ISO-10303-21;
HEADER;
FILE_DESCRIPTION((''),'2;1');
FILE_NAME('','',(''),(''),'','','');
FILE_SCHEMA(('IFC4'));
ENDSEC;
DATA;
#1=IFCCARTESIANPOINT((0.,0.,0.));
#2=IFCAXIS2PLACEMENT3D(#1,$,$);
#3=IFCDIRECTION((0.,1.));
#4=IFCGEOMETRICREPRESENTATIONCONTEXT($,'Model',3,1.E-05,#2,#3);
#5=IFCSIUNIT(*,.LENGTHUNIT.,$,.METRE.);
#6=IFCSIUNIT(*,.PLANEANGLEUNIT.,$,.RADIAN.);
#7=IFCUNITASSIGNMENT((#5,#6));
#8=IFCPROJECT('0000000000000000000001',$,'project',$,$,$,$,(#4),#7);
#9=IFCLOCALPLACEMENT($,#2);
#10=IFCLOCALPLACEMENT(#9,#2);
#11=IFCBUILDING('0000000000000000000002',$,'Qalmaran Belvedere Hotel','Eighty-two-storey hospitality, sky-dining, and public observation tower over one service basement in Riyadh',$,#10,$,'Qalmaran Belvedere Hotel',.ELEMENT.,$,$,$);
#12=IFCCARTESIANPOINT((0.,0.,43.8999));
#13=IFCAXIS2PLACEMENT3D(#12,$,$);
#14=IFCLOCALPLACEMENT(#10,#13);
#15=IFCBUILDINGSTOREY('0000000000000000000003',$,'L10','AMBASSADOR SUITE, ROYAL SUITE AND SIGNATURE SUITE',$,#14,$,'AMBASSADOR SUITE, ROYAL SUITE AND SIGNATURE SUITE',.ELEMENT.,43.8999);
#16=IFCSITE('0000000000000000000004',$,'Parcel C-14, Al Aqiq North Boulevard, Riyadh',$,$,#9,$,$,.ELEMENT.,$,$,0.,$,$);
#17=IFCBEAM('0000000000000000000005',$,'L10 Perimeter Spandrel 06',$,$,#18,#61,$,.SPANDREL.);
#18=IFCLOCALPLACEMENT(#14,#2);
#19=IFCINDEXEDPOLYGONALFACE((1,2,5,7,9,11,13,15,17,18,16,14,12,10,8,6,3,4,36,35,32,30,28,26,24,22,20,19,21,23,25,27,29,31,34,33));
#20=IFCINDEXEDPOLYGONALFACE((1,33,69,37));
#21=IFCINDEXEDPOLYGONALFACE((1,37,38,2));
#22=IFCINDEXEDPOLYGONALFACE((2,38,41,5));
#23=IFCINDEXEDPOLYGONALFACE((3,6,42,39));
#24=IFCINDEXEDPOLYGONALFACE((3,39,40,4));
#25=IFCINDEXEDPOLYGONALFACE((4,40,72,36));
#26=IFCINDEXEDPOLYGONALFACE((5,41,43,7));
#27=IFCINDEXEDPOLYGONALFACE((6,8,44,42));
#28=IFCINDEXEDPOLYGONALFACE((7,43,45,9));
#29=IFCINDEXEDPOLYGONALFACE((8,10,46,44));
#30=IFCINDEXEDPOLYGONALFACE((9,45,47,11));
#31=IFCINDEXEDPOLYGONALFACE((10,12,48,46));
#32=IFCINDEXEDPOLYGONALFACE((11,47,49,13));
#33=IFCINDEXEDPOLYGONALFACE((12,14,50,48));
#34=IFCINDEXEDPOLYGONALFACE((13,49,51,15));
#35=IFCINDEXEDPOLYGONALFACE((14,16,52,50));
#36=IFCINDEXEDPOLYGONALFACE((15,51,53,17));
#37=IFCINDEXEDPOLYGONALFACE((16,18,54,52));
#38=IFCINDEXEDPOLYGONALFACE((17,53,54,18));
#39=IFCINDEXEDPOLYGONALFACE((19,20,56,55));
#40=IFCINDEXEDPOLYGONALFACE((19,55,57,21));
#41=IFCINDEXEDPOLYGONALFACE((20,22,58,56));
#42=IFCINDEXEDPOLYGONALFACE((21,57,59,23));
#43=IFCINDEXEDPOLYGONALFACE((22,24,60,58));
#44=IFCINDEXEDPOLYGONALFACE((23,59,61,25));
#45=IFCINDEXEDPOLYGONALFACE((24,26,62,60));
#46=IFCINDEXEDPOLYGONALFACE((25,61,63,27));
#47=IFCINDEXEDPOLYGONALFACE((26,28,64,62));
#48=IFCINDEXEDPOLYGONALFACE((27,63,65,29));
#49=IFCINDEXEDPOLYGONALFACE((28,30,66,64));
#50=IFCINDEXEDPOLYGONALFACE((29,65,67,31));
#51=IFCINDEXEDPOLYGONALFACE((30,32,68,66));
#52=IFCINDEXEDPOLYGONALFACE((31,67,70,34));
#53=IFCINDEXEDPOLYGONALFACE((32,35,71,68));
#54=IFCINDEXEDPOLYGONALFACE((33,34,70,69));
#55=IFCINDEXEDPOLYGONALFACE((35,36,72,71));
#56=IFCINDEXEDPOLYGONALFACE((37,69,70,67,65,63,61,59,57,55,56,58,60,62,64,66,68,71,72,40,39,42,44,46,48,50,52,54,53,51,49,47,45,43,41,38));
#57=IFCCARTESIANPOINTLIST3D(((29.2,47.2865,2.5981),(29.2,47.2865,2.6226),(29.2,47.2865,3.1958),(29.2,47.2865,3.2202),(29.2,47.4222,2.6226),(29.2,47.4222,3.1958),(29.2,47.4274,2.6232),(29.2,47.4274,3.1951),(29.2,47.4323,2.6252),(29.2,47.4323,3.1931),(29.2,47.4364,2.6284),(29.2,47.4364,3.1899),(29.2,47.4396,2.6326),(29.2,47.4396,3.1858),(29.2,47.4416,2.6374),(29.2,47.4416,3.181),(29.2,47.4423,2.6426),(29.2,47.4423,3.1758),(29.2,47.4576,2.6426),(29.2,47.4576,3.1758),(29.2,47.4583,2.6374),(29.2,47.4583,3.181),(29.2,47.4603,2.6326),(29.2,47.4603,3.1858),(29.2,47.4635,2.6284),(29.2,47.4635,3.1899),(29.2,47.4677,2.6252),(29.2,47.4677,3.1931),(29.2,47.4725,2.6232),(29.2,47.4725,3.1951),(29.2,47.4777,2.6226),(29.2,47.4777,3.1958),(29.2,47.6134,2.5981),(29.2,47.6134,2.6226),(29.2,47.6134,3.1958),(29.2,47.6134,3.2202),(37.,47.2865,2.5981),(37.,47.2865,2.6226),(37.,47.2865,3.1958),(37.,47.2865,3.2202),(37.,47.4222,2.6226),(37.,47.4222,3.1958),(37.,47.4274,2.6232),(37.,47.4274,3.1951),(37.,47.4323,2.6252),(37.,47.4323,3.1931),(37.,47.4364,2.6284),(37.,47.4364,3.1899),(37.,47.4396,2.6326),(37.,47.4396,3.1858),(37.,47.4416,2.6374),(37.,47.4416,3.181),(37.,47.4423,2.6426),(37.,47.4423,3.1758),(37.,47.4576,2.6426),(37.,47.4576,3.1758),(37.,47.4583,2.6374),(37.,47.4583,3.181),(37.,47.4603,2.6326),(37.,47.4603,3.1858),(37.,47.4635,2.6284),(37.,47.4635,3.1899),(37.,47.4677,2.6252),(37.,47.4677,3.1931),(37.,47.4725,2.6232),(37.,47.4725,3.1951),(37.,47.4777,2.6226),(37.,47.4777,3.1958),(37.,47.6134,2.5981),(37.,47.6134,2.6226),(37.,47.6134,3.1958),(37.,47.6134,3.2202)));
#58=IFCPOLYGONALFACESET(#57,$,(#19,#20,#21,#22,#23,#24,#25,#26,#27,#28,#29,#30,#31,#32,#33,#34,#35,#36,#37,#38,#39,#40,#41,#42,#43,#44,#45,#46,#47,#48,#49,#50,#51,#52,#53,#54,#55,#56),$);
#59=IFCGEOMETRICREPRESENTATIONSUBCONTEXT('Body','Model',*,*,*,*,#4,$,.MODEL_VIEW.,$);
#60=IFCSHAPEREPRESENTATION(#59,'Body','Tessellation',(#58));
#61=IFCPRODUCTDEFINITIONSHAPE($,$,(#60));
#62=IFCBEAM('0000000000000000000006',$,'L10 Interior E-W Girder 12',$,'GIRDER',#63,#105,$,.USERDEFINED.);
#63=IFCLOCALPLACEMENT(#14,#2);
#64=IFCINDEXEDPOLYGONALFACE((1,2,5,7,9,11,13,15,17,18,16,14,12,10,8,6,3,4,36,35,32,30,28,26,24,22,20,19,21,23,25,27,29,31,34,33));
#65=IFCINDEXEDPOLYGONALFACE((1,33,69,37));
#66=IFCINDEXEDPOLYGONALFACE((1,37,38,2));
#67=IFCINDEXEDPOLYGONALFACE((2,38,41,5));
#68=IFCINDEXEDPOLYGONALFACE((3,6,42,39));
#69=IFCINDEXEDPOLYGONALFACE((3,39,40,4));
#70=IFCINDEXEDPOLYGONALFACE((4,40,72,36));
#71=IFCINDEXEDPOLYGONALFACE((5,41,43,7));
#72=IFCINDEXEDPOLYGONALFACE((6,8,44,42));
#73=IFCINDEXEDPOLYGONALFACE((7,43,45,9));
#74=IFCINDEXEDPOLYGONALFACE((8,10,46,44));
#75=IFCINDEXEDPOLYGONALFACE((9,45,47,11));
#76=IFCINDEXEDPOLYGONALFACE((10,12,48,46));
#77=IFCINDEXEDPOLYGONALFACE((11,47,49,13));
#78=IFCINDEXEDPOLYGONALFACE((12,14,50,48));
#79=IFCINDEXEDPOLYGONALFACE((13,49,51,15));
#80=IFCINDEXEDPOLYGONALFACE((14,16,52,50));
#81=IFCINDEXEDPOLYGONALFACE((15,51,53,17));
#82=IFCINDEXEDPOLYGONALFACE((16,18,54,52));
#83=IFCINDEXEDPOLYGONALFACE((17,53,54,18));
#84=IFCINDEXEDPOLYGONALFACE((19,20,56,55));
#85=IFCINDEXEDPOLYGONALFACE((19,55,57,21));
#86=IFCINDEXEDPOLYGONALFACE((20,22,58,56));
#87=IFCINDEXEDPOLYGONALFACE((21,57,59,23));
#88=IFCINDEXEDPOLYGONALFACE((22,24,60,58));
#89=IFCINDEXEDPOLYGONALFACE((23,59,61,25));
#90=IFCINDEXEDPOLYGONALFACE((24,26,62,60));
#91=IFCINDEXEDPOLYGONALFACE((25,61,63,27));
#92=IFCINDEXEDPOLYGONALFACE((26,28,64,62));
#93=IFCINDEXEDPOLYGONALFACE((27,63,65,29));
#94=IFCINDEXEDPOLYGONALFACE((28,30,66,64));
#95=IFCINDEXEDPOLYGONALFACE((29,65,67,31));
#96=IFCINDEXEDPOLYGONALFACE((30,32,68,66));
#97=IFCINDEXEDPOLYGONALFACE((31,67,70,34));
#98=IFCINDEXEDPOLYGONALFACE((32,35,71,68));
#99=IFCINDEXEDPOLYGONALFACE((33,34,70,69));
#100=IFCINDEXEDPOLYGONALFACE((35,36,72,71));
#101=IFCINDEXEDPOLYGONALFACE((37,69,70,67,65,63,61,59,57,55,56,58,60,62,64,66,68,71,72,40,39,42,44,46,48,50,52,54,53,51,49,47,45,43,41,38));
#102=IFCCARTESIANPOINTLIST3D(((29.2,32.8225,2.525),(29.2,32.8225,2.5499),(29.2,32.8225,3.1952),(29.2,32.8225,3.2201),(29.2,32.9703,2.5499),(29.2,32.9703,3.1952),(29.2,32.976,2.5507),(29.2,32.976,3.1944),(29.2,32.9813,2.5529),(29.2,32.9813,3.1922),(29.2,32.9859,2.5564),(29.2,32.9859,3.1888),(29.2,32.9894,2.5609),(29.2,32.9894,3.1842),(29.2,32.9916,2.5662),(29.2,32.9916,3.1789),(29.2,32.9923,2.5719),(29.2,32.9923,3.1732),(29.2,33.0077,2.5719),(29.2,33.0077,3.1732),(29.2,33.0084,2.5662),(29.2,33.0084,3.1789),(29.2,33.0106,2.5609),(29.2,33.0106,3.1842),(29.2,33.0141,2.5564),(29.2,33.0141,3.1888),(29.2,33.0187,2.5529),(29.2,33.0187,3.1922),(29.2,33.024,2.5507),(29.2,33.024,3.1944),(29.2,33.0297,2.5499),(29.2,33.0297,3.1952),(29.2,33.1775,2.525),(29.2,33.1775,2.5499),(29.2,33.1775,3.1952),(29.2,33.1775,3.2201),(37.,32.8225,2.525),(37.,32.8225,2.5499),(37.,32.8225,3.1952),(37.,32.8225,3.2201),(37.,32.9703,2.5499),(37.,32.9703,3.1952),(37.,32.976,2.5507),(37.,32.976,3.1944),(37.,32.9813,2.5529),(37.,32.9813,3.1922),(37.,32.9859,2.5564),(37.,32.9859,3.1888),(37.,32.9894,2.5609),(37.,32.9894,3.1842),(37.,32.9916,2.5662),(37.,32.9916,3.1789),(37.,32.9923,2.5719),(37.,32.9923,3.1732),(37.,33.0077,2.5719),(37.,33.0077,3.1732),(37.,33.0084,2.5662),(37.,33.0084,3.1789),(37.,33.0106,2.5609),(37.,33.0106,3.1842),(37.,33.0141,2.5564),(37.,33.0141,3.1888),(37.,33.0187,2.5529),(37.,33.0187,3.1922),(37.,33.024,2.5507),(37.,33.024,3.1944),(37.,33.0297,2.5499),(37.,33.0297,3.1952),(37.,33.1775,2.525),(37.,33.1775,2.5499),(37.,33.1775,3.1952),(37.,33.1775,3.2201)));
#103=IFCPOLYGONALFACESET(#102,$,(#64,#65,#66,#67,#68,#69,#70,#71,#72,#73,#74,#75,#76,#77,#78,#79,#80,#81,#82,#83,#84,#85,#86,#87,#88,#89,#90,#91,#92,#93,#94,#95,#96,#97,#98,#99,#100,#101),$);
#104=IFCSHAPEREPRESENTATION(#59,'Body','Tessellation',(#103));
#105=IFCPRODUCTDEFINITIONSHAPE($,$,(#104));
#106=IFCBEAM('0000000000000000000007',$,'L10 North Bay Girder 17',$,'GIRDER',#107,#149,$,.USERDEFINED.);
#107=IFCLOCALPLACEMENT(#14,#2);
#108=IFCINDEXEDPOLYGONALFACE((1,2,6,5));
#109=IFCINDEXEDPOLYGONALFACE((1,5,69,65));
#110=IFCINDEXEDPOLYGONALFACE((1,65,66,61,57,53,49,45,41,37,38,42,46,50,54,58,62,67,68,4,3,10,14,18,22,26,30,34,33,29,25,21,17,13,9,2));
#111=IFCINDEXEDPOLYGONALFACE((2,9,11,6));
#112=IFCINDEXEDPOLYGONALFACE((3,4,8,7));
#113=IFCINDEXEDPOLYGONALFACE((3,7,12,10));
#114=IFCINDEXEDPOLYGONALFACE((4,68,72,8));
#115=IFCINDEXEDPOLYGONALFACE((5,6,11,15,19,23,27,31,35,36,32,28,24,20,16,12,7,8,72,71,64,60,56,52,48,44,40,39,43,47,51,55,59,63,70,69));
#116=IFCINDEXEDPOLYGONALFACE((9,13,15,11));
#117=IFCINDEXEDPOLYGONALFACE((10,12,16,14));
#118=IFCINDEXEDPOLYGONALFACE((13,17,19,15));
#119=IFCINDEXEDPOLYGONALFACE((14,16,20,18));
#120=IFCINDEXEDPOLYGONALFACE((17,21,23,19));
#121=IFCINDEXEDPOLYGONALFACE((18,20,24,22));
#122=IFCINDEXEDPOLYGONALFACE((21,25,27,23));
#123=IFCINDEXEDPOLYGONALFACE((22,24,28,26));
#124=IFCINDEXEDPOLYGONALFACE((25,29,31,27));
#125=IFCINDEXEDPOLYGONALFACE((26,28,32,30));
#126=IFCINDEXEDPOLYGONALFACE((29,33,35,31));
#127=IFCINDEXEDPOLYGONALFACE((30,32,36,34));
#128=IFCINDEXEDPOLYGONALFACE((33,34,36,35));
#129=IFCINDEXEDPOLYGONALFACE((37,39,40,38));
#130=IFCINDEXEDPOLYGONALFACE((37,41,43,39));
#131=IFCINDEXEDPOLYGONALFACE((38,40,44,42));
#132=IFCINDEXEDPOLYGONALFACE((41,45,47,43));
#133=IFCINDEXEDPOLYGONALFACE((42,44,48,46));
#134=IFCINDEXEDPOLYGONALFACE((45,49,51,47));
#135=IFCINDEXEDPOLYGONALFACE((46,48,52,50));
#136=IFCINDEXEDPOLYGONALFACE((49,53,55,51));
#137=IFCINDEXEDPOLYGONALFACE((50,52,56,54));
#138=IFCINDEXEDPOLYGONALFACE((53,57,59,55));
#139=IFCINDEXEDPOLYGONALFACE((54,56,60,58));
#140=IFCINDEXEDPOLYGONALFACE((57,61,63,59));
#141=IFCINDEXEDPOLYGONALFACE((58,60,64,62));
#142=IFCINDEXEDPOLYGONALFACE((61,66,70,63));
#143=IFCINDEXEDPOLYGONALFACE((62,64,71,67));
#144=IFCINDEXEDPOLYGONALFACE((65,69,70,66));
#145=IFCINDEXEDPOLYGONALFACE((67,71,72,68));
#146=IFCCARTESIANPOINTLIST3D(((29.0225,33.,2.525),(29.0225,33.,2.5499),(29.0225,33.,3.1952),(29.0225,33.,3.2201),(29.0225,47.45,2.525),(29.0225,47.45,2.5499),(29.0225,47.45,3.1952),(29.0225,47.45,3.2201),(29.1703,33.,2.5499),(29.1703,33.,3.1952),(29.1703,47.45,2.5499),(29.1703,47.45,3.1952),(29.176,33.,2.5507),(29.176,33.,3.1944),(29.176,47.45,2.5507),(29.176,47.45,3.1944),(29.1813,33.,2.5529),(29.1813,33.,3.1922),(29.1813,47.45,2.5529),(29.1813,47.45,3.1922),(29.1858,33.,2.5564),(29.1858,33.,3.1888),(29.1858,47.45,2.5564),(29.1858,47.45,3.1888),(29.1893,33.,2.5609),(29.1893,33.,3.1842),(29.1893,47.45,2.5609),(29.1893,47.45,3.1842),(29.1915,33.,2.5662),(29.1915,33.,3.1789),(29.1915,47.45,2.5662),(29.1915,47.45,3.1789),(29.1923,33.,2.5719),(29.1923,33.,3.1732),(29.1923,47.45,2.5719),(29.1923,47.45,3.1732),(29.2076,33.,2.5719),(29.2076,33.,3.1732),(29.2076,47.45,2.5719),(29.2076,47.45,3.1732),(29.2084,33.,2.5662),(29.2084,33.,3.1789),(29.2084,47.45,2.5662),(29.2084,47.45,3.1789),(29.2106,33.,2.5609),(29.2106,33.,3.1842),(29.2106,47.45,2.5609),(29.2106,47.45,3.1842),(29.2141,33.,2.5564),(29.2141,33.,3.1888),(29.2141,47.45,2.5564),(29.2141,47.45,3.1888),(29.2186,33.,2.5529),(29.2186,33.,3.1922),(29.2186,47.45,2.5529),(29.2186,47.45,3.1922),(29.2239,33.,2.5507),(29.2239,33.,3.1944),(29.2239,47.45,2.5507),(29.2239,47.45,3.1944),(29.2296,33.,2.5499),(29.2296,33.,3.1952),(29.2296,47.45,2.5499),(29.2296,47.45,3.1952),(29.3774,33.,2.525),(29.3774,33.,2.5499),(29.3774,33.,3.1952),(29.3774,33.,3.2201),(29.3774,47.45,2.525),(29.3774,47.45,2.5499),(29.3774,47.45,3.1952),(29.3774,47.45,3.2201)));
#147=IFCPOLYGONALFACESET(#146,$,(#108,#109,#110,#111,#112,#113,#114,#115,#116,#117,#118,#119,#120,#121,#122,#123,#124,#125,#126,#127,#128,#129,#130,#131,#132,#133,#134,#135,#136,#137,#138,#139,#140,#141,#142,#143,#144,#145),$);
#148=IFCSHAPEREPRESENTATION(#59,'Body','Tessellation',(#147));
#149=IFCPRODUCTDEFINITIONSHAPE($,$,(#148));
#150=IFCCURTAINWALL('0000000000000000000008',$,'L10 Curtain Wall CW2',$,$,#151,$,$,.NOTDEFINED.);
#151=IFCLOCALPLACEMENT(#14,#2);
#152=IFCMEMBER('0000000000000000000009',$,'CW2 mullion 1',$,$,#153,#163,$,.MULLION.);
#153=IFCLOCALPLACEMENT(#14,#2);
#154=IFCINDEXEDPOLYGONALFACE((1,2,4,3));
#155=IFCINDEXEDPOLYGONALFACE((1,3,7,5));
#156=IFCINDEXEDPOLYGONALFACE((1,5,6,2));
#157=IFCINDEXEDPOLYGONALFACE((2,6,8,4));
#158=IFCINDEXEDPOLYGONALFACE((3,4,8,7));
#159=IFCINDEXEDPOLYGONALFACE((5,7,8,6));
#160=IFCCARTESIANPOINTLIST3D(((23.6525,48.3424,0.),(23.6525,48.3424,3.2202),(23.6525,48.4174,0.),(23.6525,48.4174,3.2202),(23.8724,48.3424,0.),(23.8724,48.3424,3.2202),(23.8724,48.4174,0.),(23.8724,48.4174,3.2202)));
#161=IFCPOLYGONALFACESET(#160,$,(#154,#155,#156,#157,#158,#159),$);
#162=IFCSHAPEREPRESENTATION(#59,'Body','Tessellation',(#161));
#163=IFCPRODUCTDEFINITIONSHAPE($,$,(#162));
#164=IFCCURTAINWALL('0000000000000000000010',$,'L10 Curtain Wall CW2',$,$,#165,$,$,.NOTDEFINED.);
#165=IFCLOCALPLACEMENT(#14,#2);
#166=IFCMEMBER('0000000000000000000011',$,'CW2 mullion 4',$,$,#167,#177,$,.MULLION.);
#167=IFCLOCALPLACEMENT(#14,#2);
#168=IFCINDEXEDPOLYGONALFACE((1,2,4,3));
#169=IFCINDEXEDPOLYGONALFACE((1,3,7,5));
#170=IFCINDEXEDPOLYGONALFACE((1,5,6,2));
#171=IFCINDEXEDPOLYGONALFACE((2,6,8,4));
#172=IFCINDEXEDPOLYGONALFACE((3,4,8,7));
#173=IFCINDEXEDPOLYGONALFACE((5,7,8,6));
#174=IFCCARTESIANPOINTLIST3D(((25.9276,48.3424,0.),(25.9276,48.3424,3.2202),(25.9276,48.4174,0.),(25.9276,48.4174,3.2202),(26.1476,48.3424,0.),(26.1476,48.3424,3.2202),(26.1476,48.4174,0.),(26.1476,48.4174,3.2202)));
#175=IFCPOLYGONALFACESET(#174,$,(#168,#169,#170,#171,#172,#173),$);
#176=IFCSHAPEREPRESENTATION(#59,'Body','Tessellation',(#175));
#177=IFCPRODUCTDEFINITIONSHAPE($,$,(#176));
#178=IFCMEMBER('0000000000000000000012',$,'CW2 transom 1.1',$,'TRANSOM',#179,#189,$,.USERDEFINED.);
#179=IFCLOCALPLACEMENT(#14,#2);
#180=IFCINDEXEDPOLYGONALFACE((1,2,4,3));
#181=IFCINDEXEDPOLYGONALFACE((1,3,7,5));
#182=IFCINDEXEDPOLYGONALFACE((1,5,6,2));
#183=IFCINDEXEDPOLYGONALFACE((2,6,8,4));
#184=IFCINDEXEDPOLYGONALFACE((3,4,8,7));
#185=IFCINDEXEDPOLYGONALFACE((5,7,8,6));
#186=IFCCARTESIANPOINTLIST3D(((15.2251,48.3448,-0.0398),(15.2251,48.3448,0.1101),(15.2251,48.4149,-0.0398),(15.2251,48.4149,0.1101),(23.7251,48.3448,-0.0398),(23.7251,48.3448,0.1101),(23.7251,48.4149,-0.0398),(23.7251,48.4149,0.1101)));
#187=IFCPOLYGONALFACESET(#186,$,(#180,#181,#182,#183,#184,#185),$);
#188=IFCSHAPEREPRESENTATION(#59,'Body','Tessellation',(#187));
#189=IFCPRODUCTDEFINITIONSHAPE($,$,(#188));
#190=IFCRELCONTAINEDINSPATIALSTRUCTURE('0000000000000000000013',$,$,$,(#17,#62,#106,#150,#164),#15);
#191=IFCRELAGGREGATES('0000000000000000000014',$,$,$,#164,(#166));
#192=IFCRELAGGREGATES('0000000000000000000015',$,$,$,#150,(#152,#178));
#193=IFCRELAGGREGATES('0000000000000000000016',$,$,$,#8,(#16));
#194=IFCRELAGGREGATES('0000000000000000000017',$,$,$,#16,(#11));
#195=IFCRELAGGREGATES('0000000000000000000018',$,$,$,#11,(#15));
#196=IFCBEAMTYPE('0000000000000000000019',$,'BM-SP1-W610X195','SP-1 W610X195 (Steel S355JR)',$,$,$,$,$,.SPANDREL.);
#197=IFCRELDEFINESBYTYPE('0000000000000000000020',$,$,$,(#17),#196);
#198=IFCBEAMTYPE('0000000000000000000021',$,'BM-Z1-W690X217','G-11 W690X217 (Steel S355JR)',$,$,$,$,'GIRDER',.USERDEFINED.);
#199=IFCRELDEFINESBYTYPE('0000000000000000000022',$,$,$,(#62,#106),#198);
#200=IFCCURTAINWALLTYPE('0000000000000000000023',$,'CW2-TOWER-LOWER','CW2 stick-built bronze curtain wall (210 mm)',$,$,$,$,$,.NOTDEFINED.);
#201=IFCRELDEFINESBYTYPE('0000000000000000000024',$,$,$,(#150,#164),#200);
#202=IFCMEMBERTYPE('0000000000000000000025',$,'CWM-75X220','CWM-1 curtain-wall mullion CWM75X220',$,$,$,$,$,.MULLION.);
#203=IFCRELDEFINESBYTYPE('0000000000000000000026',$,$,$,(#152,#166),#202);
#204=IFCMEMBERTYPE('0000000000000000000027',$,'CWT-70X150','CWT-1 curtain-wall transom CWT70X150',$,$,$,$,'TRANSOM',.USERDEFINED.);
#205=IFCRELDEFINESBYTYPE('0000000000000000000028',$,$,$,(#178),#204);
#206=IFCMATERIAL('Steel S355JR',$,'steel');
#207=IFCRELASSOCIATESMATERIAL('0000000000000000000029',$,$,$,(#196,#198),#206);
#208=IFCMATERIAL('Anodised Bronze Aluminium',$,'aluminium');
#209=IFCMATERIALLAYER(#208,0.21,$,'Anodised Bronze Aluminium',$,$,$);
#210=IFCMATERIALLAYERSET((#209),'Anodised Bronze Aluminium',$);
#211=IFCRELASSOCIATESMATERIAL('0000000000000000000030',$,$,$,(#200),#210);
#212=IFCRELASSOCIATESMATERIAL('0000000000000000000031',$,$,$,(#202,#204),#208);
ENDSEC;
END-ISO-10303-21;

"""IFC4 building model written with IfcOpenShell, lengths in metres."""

from ifc_helpers import new_model, si_unit, direction, frame, origin, origin_2d, place, context, subcontext, project, spatial, rectangle, i_section, extrude, material, layer, layer_set, material_profile, profile_set, type_object, element, aggregate, save


model = new_model("IFC4")

# Units and contexts
model_context = context("Model", 3, precision=1e-05, world=origin(), true_north=direction((0.0, 1.0)))
body_context = subcontext(model_context, "Body", "Model", "MODEL_VIEW")
ifc_project = project(units=[si_unit("LENGTHUNIT", "METRE"), si_unit("PLANEANGLEUNIT", "RADIAN")], contexts=[model_context])

# Site, building, storey
site_placement = place(None, origin())
site = spatial("IfcSite", under=ifc_project, at=site_placement, Name="Parcel C-14, Al Aqiq North Boulevard, Riyadh", CompositionType="ELEMENT", RefElevation=0.0)
building_placement = place(site_placement, origin())
building = spatial("IfcBuilding", under=site, at=building_placement, Name="Qalmaran Belvedere Hotel", Description="Eighty-two-storey hospitality, sky-dining, and public observation tower over one service basement in Riyadh", LongName="Qalmaran Belvedere Hotel", CompositionType="ELEMENT")
storey_placement = place(building_placement, frame((0.0, 0.0, 43.8999)))
storey = spatial("IfcBuildingStorey", under=building, at=storey_placement, Name="L10", Description="AMBASSADOR SUITE, ROYAL SUITE AND SIGNATURE SUITE", LongName="AMBASSADOR SUITE, ROYAL SUITE AND SIGNATURE SUITE", CompositionType="ELEMENT", Elevation=43.8999)

# Beams
ifc_material_1 = material(Name="Steel S355JR", Category="steel")
ifc_material_profile_1 = material_profile(ifc_material_1, i_section(OverallWidth=0.3269, OverallDepth=0.6221, WebThickness=0.0154, FlangeThickness=0.0244, FilletRadius=0.02, at=origin_2d()), Name="W610X195")
ifc_profile_set_1 = profile_set([ifc_material_profile_1], Name="Steel S355JR")
beam_type_1 = type_object("IfcBeamType", Name="BM-SP1-W610X195", Description="SP-1 W610X195 (Steel S355JR)", PredefinedType="SPANDREL", material=ifc_profile_set_1)
beam_1_placement = place(storey_placement, frame((29.2, 47.45, 2.9092), z_axis=(1.0, 0.0, 0.0), x_axis=(0.0, 1.0, 0.0)))
element("IfcBeam", 1, at=beam_1_placement, inside=storey, type_object=beam_type_1, Name="L10 Perimeter Spandrel 06", PredefinedType="SPANDREL", context=body_context, shape_type="SweptSolid", body=[
    extrude(i_section(OverallWidth=0.3269, OverallDepth=0.6221, WebThickness=0.0154, FlangeThickness=0.0244, FilletRadius=0.02, at=origin_2d()), origin(), (0.0, 0.0, 1.0), 7.8),
])
ifc_material_profile_2 = material_profile(ifc_material_1, i_section(OverallWidth=0.355, OverallDepth=0.6951, WebThickness=0.0154, FlangeThickness=0.0249, FilletRadius=0.022, at=origin_2d()), Name="W690X217")
ifc_profile_set_2 = profile_set([ifc_material_profile_2], Name="Steel S355JR")
beam_type_2 = type_object("IfcBeamType", Name="BM-Z1-W690X217", Description="G-11 W690X217 (Steel S355JR)", ElementType="GIRDER", PredefinedType="USERDEFINED", material=ifc_profile_set_2)
beam_2_placement = place(storey_placement, frame((29.2, 33.0, 2.8726), z_axis=(1.0, 0.0, 0.0), x_axis=(0.0, 1.0, 0.0)))
element("IfcBeam", 2, at=beam_2_placement, inside=storey, type_object=beam_type_2, Name="L10 Interior E-W Girder 12", ObjectType="GIRDER", PredefinedType="USERDEFINED", context=body_context, shape_type="SweptSolid", body=[
    extrude(i_section(OverallWidth=0.355, OverallDepth=0.6951, WebThickness=0.0154, FlangeThickness=0.0249, FilletRadius=0.022, at=origin_2d()), origin(), (0.0, 0.0, 1.0), 7.8),
])
beam_3_placement = place(storey_placement, frame((29.2, 33.0, 2.8726), z_axis=(0.0, 1.0, 0.0), x_axis=(-1.0, 0.0, 0.0)))
element("IfcBeam", 3, at=beam_3_placement, inside=storey, type_object=beam_type_2, Name="L10 North Bay Girder 17", ObjectType="GIRDER", PredefinedType="USERDEFINED", context=body_context, shape_type="SweptSolid", body=[
    extrude(i_section(OverallWidth=0.355, OverallDepth=0.6951, WebThickness=0.0154, FlangeThickness=0.0249, FilletRadius=0.022, at=origin_2d()), origin(), (0.0, 0.0, 1.0), 14.45),
])

# Curtain walls, members
ifc_material_2 = material(Name="Anodised Bronze Aluminium", Category="aluminium")
ifc_layer_1 = layer(ifc_material_2, 0.21, Name="Anodised Bronze Aluminium")
ifc_layer_set_1 = layer_set([ifc_layer_1], Name="Anodised Bronze Aluminium")
curtain_wall_type = type_object("IfcCurtainWallType", Name="CW2-TOWER-LOWER", Description="CW2 stick-built bronze curtain wall (210 mm)", PredefinedType="NOTDEFINED", material=ifc_layer_set_1)
curtain_wall_1_placement = place(storey_placement, origin())
curtain_wall_1 = element("IfcCurtainWall", 4, at=curtain_wall_1_placement, inside=storey, type_object=curtain_wall_type, Name="L10 Curtain Wall CW2", PredefinedType="NOTDEFINED")
ifc_material_profile_3 = material_profile(ifc_material_2, rectangle(XDim=0.075, YDim=0.22, at=origin_2d()), Name="CWM75X220")
ifc_profile_set_3 = profile_set([ifc_material_profile_3], Name="Anodised Bronze Aluminium")
member_type_1 = type_object("IfcMemberType", Name="CWM-75X220", Description="CWM-1 curtain-wall mullion CWM75X220", PredefinedType="MULLION", material=ifc_profile_set_3)
member_1_placement = place(storey_placement, frame((23.7625, 48.3799, 0.0), z_axis=(0.0, 0.0, 1.0), x_axis=(0.0, -1.0, 0.0)))
member_1 = element("IfcMember", 5, at=member_1_placement, type_object=member_type_1, Name="CW2 mullion 1", PredefinedType="MULLION", context=body_context, shape_type="SweptSolid", body=[
    extrude(rectangle(XDim=0.075, YDim=0.22, at=origin_2d()), origin(), (0.0, 0.0, 1.0), 3.2202),
])
curtain_wall_2_placement = place(storey_placement, origin())
curtain_wall_2 = element("IfcCurtainWall", 6, at=curtain_wall_2_placement, inside=storey, type_object=curtain_wall_type, Name="L10 Curtain Wall CW2", PredefinedType="NOTDEFINED")
member_2_placement = place(storey_placement, frame((26.0376, 48.3799, 0.0), z_axis=(0.0, 0.0, 1.0), x_axis=(0.0, -1.0, 0.0)))
member_2 = element("IfcMember", 7, at=member_2_placement, type_object=member_type_1, Name="CW2 mullion 4", PredefinedType="MULLION", context=body_context, shape_type="SweptSolid", body=[
    extrude(rectangle(XDim=0.075, YDim=0.22, at=origin_2d()), origin(), (0.0, 0.0, 1.0), 3.2202),
])
aggregate(curtain_wall_2, [member_2])

# Member
ifc_material_profile_4 = material_profile(ifc_material_2, rectangle(XDim=0.0701, YDim=0.1499, at=origin_2d()), Name="CWT70X150")
ifc_profile_set_4 = profile_set([ifc_material_profile_4], Name="Anodised Bronze Aluminium")
member_type_2 = type_object("IfcMemberType", Name="CWT-70X150", Description="CWT-1 curtain-wall transom CWT70X150", ElementType="TRANSOM", PredefinedType="USERDEFINED", material=ifc_profile_set_4)
member_3_placement = place(storey_placement, frame((23.7251, 48.3799, 0.0352), z_axis=(-1.0, 0.0, 0.0), x_axis=(0.0, -1.0, 0.0)))
member_3 = element("IfcMember", 8, at=member_3_placement, type_object=member_type_2, Name="CW2 transom 1.1", ObjectType="TRANSOM", PredefinedType="USERDEFINED", context=body_context, shape_type="SweptSolid", body=[
    extrude(rectangle(XDim=0.0701, YDim=0.1499, at=origin_2d()), origin(), (0.0, 0.0, 1.0), 8.5),
])

aggregate(curtain_wall_1, [member_1, member_3])

save(model, "model.ifc")
